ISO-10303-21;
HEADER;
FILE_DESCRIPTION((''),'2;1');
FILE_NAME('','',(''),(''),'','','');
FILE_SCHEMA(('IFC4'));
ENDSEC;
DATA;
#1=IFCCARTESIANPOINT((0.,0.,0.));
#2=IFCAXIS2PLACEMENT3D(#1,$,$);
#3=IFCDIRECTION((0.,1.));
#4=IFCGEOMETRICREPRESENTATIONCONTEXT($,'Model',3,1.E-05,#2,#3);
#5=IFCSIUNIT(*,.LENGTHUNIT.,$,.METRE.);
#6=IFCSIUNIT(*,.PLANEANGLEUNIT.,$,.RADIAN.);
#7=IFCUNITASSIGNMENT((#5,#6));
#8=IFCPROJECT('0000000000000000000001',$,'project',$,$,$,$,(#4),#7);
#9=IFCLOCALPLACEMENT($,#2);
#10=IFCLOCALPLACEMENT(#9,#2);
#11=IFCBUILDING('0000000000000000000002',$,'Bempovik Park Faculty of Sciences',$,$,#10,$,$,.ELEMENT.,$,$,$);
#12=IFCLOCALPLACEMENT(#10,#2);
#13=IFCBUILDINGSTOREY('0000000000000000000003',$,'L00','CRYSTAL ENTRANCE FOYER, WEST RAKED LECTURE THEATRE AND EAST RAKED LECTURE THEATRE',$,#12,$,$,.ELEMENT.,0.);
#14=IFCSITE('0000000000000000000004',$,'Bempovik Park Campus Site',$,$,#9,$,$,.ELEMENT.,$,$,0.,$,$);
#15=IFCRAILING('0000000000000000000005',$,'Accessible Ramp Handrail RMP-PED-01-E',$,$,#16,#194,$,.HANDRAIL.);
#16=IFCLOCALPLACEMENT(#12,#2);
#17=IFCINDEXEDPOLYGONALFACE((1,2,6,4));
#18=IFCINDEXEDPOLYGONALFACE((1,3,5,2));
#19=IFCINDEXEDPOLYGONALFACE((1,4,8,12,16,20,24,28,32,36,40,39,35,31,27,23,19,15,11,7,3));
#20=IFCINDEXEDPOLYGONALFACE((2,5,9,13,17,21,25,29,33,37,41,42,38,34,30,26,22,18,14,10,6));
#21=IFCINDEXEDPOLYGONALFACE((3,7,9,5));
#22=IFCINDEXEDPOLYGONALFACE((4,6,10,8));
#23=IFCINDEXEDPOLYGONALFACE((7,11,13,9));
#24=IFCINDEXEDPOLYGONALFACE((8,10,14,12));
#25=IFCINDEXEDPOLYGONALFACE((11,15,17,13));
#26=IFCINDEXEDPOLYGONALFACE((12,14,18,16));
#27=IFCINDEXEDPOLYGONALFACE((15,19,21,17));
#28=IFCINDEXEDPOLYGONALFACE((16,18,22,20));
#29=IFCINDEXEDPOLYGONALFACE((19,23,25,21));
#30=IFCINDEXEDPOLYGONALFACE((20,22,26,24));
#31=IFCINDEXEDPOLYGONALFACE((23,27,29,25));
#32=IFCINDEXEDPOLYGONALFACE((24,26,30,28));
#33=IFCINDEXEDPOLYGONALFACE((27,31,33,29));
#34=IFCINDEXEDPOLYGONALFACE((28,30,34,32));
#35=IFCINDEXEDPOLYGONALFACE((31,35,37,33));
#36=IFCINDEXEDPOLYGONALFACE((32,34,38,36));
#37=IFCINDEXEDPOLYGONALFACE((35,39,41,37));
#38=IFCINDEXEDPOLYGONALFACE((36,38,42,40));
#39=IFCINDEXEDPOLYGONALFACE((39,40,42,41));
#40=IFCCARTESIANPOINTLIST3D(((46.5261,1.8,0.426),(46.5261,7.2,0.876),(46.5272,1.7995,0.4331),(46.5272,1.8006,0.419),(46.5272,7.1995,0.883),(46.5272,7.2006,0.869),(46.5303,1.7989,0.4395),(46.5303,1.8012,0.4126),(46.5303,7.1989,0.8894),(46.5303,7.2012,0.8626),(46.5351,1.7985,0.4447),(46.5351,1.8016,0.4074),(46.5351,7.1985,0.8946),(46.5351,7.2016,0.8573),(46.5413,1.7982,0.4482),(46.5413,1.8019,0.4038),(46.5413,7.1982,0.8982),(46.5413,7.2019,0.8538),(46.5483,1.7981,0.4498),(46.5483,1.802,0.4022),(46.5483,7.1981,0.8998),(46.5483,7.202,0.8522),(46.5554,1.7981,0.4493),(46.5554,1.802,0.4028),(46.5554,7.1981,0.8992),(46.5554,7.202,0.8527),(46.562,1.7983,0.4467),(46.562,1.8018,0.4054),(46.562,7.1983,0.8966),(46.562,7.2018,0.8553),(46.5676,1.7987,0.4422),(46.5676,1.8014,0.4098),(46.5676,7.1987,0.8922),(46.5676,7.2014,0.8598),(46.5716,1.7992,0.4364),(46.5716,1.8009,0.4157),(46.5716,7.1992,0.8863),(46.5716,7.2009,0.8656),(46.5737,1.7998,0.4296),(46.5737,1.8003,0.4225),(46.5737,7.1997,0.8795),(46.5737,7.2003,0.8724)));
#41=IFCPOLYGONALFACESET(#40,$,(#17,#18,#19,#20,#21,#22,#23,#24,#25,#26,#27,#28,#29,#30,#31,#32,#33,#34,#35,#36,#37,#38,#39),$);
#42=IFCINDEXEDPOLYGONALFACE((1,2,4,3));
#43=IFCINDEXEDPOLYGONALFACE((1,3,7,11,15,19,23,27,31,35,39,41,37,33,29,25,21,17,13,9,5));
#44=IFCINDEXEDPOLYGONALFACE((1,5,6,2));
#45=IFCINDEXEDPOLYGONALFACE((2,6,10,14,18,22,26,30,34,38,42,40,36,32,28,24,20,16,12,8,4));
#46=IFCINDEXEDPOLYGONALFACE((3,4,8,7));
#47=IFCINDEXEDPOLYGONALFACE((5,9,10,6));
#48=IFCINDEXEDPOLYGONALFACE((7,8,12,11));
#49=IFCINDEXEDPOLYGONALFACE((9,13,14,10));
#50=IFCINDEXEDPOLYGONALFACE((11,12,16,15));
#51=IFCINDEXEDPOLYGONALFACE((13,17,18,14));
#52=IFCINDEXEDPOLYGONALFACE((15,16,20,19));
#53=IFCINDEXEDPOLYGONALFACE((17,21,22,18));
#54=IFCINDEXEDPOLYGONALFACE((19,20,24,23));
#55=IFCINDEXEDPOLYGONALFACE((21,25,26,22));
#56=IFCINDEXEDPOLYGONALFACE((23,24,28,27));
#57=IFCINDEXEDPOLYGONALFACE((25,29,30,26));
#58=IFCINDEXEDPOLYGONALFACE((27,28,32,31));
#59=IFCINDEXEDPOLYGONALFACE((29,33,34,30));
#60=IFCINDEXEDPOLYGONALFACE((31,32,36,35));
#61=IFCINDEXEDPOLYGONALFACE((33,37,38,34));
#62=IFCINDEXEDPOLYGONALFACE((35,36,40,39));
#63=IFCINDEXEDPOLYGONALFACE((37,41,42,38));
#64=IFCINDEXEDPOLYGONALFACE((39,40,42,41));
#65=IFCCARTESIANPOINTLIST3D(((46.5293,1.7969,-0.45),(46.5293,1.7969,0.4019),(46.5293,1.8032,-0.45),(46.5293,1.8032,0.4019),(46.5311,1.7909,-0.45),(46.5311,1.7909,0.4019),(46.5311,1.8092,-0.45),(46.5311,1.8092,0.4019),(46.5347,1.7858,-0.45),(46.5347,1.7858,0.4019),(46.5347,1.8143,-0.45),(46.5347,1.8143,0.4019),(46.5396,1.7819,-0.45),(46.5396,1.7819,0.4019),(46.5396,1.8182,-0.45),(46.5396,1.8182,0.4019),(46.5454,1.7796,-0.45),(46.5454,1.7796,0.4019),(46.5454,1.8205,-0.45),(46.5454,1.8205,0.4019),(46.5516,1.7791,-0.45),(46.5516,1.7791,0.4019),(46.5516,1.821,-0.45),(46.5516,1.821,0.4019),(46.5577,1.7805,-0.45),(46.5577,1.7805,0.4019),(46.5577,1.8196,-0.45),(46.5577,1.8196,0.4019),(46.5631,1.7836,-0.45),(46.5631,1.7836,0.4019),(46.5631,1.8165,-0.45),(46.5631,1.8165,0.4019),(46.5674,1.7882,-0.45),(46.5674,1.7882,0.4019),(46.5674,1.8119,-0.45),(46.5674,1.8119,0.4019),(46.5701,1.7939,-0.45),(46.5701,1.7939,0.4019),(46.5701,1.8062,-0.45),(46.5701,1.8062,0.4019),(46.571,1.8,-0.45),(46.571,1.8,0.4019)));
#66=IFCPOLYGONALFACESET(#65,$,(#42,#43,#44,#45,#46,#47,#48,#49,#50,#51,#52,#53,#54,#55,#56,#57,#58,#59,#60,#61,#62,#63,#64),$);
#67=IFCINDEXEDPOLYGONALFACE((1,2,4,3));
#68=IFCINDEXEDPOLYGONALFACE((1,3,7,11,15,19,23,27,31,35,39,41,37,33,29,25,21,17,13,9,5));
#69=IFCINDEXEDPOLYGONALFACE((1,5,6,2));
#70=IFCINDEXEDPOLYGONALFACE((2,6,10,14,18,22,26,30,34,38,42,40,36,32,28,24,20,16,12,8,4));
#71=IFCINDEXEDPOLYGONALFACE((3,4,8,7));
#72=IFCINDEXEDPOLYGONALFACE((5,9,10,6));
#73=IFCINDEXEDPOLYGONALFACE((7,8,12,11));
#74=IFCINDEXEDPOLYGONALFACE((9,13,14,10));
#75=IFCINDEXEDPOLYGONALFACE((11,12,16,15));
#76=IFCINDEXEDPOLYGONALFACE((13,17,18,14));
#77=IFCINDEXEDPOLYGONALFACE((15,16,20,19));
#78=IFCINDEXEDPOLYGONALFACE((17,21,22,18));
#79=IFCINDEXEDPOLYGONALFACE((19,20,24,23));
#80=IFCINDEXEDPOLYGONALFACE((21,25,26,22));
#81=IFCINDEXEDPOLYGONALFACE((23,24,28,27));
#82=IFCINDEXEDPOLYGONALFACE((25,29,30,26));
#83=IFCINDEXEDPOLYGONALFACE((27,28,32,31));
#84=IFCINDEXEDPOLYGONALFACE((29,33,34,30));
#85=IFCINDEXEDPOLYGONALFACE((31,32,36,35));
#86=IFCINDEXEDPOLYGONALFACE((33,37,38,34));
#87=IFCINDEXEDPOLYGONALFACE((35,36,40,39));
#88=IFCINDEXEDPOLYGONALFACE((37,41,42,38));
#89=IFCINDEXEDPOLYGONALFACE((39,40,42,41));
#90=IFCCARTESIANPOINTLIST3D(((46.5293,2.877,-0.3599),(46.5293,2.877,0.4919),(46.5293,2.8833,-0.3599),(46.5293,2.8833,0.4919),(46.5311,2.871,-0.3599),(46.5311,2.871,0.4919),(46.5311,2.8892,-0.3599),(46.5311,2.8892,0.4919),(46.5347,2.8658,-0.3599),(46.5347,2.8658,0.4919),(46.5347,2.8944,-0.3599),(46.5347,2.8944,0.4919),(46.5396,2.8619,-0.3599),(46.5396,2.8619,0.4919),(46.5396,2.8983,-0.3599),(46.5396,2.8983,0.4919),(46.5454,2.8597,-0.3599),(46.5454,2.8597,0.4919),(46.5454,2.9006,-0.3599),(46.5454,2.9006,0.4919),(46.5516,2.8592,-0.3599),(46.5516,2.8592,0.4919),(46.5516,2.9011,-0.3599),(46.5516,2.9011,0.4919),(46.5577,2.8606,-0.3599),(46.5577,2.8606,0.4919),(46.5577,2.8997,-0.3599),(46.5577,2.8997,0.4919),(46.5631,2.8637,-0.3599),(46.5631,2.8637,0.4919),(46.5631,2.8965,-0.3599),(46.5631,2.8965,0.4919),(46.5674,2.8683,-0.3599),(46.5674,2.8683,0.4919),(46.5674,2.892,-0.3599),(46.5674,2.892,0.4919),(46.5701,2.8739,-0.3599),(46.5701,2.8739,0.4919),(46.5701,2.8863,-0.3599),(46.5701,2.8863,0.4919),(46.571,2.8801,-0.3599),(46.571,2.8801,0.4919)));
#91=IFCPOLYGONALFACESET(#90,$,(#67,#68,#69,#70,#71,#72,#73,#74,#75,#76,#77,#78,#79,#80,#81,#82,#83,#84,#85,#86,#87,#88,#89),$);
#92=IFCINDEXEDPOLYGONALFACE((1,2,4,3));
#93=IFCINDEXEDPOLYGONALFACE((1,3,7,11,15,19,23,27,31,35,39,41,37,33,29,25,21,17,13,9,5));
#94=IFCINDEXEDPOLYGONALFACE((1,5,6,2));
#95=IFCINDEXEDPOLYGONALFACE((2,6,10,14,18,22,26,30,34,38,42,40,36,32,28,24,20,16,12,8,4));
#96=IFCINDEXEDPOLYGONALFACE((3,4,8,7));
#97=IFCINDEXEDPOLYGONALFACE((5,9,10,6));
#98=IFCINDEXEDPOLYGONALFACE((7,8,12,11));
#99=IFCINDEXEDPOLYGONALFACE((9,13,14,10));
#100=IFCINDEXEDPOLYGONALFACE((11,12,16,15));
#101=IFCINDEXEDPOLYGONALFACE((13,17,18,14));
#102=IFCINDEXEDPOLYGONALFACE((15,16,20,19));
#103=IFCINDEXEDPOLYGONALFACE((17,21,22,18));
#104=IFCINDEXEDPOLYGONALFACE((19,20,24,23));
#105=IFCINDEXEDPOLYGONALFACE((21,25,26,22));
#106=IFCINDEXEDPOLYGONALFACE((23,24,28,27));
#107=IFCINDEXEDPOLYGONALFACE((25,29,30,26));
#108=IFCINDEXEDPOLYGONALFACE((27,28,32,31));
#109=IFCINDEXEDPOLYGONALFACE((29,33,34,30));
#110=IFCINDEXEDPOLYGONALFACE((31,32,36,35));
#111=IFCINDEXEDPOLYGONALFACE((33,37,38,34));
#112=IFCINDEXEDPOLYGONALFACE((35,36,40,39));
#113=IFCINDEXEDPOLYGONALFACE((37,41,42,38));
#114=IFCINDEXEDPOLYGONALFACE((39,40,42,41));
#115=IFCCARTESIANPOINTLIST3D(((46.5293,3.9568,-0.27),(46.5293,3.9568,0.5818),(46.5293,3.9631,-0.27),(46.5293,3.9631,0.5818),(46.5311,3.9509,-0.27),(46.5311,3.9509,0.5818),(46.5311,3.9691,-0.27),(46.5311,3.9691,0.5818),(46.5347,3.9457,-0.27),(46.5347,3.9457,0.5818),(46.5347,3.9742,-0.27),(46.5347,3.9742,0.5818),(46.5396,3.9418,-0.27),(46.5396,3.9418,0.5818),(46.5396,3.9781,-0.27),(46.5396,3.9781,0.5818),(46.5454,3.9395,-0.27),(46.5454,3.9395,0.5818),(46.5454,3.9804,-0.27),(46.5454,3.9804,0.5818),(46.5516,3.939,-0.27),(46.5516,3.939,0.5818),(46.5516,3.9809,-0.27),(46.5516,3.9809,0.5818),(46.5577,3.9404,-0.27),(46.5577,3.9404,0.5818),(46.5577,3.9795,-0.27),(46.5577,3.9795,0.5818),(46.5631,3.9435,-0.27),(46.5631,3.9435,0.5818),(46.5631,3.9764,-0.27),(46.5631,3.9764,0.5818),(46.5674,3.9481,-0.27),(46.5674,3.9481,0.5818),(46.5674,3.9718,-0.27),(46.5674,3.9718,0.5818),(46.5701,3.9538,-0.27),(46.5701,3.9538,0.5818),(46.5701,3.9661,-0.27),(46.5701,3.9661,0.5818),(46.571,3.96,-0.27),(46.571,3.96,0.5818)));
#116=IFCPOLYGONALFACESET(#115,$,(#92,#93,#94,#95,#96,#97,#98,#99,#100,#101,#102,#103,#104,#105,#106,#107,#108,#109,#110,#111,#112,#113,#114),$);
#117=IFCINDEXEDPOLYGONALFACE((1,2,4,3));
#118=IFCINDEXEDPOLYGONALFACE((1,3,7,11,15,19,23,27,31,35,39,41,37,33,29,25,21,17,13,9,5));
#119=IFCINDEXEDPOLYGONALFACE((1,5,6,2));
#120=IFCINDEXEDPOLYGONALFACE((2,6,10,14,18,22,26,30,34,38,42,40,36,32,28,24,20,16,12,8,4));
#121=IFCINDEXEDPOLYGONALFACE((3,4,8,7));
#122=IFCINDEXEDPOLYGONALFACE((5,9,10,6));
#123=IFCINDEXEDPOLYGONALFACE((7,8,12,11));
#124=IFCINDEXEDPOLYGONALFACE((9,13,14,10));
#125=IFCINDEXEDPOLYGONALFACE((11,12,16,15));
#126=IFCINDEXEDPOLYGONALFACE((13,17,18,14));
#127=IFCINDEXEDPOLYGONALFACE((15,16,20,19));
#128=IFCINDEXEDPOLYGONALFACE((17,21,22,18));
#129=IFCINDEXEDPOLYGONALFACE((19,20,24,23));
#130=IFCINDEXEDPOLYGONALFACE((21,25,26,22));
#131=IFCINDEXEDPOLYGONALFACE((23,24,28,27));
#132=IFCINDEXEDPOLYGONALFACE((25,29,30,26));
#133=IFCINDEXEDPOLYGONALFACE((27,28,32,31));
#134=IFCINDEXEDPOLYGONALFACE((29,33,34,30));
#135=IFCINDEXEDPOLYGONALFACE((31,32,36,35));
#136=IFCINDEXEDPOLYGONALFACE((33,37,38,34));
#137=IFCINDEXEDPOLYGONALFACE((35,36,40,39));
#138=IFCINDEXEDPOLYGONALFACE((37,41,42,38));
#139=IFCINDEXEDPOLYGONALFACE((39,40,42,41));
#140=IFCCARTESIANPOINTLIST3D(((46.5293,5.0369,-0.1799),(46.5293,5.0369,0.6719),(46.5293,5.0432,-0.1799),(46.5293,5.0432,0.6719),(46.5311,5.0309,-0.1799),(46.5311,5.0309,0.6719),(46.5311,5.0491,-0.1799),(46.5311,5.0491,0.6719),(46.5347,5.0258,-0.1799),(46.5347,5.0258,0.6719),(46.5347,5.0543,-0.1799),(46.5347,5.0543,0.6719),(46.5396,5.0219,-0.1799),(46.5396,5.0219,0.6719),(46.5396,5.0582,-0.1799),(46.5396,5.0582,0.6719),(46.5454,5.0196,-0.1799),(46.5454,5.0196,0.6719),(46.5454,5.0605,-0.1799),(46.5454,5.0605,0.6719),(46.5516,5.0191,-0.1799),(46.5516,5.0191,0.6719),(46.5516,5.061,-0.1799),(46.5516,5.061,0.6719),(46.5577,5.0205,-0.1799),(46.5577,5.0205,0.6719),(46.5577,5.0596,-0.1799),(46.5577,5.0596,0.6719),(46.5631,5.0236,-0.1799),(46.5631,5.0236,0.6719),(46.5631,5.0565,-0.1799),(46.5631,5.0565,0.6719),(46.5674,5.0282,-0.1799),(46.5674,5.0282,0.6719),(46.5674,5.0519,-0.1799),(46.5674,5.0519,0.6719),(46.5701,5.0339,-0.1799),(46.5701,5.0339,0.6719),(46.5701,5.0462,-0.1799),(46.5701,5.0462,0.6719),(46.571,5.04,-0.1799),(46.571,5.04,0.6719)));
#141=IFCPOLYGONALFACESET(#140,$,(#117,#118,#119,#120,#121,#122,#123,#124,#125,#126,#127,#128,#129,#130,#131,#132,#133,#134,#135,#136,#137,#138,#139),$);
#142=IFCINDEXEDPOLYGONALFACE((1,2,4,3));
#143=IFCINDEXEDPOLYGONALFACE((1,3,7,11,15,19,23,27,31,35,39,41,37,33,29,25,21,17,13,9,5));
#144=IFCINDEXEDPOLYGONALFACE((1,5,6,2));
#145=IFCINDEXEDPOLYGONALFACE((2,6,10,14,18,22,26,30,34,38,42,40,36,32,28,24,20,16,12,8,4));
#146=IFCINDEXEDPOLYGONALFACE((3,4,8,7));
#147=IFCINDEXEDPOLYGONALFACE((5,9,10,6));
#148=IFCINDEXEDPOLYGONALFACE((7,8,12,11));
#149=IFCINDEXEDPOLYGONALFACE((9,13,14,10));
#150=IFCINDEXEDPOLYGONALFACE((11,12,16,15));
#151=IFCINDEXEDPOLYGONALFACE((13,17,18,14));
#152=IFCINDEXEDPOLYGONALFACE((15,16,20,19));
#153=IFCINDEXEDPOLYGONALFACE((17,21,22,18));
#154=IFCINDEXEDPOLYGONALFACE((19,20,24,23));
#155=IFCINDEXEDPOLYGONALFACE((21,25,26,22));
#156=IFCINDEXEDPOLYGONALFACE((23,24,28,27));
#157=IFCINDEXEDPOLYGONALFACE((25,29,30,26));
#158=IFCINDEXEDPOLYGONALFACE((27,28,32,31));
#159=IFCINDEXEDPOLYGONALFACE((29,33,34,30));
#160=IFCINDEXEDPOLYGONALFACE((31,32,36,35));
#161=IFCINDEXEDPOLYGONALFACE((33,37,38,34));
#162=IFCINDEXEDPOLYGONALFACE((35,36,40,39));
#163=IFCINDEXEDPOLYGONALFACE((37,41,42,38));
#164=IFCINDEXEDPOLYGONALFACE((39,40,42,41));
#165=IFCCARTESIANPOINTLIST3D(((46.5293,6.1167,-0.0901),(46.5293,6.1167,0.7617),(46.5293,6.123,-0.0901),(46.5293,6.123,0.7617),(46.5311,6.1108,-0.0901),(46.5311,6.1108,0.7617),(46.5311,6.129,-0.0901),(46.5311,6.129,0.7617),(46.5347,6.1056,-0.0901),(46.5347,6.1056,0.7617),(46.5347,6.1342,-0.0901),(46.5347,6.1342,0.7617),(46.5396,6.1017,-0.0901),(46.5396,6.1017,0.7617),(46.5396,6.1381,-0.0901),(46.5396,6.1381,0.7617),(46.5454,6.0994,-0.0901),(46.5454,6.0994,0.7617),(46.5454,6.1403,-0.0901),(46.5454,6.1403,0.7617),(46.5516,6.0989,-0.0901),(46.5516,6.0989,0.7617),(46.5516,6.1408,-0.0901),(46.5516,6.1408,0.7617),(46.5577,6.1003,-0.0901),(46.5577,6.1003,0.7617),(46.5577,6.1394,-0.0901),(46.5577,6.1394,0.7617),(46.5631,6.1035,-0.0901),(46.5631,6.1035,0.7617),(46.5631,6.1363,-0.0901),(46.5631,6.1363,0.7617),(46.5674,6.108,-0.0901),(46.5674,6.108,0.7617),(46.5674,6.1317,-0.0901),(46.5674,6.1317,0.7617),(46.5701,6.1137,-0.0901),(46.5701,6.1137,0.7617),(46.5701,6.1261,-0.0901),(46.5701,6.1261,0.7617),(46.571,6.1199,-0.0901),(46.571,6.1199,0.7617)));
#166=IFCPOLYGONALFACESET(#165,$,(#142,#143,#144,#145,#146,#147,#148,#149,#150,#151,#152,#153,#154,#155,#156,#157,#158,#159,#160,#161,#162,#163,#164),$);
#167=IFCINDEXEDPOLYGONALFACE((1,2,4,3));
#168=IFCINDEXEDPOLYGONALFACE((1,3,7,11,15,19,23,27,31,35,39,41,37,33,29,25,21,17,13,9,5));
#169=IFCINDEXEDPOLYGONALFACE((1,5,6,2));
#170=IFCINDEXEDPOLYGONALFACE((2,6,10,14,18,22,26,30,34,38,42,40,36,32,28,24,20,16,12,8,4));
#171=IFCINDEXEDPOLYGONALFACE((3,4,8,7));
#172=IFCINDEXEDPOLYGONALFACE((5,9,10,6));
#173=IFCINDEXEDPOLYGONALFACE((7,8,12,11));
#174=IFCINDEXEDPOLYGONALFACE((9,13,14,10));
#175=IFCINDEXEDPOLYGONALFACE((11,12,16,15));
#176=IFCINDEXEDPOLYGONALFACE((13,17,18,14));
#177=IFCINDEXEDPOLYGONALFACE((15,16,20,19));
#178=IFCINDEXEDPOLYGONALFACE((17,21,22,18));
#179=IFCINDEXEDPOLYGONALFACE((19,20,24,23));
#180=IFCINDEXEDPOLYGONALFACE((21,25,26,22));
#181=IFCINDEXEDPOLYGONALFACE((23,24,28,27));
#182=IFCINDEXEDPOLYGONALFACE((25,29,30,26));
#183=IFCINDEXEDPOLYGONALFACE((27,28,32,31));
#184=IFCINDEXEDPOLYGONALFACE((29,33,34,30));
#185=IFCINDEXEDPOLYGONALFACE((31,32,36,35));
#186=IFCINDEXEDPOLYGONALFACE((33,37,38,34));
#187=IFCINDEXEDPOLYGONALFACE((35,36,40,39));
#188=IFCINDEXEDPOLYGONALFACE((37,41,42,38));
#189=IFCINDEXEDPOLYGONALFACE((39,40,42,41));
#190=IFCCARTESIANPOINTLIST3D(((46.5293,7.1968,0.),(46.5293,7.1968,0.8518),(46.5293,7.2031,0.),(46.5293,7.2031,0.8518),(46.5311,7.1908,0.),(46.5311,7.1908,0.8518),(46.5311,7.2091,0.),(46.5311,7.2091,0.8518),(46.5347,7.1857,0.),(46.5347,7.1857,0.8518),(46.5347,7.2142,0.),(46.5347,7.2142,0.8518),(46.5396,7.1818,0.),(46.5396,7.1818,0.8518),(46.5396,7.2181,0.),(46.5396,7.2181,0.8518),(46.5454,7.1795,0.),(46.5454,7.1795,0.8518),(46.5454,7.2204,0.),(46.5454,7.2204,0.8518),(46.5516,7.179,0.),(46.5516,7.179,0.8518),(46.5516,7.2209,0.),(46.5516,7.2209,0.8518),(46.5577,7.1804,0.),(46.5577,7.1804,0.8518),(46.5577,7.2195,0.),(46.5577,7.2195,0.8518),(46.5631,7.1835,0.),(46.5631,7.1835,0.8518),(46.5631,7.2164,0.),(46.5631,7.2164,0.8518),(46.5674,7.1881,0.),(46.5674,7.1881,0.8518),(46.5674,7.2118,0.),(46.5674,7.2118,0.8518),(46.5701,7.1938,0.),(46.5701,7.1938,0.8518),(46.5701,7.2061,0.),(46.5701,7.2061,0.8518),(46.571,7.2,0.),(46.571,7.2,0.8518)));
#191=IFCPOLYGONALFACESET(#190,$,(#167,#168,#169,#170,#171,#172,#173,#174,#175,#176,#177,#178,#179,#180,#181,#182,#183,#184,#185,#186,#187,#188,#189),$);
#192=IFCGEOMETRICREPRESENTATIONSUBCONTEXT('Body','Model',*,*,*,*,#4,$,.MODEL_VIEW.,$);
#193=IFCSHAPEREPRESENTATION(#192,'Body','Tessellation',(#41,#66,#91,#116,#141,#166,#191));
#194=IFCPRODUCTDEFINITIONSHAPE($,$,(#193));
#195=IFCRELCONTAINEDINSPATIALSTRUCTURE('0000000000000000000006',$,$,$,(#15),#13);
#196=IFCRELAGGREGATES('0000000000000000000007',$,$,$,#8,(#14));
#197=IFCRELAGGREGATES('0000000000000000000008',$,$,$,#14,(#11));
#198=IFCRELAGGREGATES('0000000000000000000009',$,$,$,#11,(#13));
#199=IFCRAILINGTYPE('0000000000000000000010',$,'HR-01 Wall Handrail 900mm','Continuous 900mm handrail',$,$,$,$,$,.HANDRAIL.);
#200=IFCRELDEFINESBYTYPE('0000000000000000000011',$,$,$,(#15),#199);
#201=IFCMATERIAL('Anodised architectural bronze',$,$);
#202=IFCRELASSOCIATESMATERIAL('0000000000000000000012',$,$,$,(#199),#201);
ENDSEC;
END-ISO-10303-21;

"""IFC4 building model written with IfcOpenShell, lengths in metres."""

from ifc_helpers import new_model, si_unit, direction, frame, origin, origin_2d, place, context, subcontext, project, spatial, circle, extrude, material, type_object, element, save


model = new_model("IFC4")

# Units and contexts
model_context = context("Model", 3, precision=1e-05, world=origin(), true_north=direction((0.0, 1.0)))
body_context = subcontext(model_context, "Body", "Model", "MODEL_VIEW")
ifc_project = project(units=[si_unit("LENGTHUNIT", "METRE"), si_unit("PLANEANGLEUNIT", "RADIAN")], contexts=[model_context])

# Site, building, storey
site_placement = place(None, origin())
site = spatial("IfcSite", under=ifc_project, at=site_placement, Name="Bempovik Park Campus Site", CompositionType="ELEMENT", RefElevation=0.0)
building_placement = place(site_placement, origin())
building = spatial("IfcBuilding", under=site, at=building_placement, Name="Bempovik Park Faculty of Sciences", CompositionType="ELEMENT")
storey_placement = place(building_placement, origin())
storey = spatial("IfcBuildingStorey", under=building, at=storey_placement, Name="L00", Description="CRYSTAL ENTRANCE FOYER, WEST RAKED LECTURE THEATRE AND EAST RAKED LECTURE THEATRE", CompositionType="ELEMENT", Elevation=0.0)

# Railing
ifc_material_1 = material(Name="Anodised architectural bronze")
railing_type = type_object("IfcRailingType", Name="HR-01 Wall Handrail 900mm", Description="Continuous 900mm handrail", PredefinedType="HANDRAIL", material=ifc_material_1)
for number, where, name in (
    (1, (46.55, 1.8, -0.45), "Accessible Ramp Handrail RMP-PED-01-E"),
):
    element("IfcRailing", number, at=place(storey_placement, frame(where)), inside=storey, type_object=railing_type, Name=name, PredefinedType="HANDRAIL", context=body_context, shape_type="SweptSolid", body=[
        extrude(circle(Radius=0.0239, at=origin_2d()), frame((0.0, 0.0, 0.876), z_axis=(0.0, 0.996546, 0.083038), x_axis=(-1.0, 0.0, 0.0)), (0.0, 0.0, 1.0), 5.4187),
        extrude(circle(Radius=0.021, at=origin_2d()), origin(), (0.0, 0.0, 1.0), 0.8518),
        extrude(circle(Radius=0.021, at=origin_2d()), frame((0.0, 1.0801, 0.0901)), (0.0, 0.0, 1.0), 0.8518),
        extrude(circle(Radius=0.021, at=origin_2d()), frame((0.0, 2.1599, 0.1799)), (0.0, 0.0, 1.0), 0.8518),
        extrude(circle(Radius=0.021, at=origin_2d()), frame((0.0, 3.24, 0.27)), (0.0, 0.0, 1.0), 0.8518),
        extrude(circle(Radius=0.021, at=origin_2d()), frame((0.0, 4.3198, 0.3599)), (0.0, 0.0, 1.0), 0.8518),
        extrude(circle(Radius=0.021, at=origin_2d()), frame((0.0, 5.3999, 0.45)), (0.0, 0.0, 1.0), 0.8518),
    ])

save(model, "model.ifc")
